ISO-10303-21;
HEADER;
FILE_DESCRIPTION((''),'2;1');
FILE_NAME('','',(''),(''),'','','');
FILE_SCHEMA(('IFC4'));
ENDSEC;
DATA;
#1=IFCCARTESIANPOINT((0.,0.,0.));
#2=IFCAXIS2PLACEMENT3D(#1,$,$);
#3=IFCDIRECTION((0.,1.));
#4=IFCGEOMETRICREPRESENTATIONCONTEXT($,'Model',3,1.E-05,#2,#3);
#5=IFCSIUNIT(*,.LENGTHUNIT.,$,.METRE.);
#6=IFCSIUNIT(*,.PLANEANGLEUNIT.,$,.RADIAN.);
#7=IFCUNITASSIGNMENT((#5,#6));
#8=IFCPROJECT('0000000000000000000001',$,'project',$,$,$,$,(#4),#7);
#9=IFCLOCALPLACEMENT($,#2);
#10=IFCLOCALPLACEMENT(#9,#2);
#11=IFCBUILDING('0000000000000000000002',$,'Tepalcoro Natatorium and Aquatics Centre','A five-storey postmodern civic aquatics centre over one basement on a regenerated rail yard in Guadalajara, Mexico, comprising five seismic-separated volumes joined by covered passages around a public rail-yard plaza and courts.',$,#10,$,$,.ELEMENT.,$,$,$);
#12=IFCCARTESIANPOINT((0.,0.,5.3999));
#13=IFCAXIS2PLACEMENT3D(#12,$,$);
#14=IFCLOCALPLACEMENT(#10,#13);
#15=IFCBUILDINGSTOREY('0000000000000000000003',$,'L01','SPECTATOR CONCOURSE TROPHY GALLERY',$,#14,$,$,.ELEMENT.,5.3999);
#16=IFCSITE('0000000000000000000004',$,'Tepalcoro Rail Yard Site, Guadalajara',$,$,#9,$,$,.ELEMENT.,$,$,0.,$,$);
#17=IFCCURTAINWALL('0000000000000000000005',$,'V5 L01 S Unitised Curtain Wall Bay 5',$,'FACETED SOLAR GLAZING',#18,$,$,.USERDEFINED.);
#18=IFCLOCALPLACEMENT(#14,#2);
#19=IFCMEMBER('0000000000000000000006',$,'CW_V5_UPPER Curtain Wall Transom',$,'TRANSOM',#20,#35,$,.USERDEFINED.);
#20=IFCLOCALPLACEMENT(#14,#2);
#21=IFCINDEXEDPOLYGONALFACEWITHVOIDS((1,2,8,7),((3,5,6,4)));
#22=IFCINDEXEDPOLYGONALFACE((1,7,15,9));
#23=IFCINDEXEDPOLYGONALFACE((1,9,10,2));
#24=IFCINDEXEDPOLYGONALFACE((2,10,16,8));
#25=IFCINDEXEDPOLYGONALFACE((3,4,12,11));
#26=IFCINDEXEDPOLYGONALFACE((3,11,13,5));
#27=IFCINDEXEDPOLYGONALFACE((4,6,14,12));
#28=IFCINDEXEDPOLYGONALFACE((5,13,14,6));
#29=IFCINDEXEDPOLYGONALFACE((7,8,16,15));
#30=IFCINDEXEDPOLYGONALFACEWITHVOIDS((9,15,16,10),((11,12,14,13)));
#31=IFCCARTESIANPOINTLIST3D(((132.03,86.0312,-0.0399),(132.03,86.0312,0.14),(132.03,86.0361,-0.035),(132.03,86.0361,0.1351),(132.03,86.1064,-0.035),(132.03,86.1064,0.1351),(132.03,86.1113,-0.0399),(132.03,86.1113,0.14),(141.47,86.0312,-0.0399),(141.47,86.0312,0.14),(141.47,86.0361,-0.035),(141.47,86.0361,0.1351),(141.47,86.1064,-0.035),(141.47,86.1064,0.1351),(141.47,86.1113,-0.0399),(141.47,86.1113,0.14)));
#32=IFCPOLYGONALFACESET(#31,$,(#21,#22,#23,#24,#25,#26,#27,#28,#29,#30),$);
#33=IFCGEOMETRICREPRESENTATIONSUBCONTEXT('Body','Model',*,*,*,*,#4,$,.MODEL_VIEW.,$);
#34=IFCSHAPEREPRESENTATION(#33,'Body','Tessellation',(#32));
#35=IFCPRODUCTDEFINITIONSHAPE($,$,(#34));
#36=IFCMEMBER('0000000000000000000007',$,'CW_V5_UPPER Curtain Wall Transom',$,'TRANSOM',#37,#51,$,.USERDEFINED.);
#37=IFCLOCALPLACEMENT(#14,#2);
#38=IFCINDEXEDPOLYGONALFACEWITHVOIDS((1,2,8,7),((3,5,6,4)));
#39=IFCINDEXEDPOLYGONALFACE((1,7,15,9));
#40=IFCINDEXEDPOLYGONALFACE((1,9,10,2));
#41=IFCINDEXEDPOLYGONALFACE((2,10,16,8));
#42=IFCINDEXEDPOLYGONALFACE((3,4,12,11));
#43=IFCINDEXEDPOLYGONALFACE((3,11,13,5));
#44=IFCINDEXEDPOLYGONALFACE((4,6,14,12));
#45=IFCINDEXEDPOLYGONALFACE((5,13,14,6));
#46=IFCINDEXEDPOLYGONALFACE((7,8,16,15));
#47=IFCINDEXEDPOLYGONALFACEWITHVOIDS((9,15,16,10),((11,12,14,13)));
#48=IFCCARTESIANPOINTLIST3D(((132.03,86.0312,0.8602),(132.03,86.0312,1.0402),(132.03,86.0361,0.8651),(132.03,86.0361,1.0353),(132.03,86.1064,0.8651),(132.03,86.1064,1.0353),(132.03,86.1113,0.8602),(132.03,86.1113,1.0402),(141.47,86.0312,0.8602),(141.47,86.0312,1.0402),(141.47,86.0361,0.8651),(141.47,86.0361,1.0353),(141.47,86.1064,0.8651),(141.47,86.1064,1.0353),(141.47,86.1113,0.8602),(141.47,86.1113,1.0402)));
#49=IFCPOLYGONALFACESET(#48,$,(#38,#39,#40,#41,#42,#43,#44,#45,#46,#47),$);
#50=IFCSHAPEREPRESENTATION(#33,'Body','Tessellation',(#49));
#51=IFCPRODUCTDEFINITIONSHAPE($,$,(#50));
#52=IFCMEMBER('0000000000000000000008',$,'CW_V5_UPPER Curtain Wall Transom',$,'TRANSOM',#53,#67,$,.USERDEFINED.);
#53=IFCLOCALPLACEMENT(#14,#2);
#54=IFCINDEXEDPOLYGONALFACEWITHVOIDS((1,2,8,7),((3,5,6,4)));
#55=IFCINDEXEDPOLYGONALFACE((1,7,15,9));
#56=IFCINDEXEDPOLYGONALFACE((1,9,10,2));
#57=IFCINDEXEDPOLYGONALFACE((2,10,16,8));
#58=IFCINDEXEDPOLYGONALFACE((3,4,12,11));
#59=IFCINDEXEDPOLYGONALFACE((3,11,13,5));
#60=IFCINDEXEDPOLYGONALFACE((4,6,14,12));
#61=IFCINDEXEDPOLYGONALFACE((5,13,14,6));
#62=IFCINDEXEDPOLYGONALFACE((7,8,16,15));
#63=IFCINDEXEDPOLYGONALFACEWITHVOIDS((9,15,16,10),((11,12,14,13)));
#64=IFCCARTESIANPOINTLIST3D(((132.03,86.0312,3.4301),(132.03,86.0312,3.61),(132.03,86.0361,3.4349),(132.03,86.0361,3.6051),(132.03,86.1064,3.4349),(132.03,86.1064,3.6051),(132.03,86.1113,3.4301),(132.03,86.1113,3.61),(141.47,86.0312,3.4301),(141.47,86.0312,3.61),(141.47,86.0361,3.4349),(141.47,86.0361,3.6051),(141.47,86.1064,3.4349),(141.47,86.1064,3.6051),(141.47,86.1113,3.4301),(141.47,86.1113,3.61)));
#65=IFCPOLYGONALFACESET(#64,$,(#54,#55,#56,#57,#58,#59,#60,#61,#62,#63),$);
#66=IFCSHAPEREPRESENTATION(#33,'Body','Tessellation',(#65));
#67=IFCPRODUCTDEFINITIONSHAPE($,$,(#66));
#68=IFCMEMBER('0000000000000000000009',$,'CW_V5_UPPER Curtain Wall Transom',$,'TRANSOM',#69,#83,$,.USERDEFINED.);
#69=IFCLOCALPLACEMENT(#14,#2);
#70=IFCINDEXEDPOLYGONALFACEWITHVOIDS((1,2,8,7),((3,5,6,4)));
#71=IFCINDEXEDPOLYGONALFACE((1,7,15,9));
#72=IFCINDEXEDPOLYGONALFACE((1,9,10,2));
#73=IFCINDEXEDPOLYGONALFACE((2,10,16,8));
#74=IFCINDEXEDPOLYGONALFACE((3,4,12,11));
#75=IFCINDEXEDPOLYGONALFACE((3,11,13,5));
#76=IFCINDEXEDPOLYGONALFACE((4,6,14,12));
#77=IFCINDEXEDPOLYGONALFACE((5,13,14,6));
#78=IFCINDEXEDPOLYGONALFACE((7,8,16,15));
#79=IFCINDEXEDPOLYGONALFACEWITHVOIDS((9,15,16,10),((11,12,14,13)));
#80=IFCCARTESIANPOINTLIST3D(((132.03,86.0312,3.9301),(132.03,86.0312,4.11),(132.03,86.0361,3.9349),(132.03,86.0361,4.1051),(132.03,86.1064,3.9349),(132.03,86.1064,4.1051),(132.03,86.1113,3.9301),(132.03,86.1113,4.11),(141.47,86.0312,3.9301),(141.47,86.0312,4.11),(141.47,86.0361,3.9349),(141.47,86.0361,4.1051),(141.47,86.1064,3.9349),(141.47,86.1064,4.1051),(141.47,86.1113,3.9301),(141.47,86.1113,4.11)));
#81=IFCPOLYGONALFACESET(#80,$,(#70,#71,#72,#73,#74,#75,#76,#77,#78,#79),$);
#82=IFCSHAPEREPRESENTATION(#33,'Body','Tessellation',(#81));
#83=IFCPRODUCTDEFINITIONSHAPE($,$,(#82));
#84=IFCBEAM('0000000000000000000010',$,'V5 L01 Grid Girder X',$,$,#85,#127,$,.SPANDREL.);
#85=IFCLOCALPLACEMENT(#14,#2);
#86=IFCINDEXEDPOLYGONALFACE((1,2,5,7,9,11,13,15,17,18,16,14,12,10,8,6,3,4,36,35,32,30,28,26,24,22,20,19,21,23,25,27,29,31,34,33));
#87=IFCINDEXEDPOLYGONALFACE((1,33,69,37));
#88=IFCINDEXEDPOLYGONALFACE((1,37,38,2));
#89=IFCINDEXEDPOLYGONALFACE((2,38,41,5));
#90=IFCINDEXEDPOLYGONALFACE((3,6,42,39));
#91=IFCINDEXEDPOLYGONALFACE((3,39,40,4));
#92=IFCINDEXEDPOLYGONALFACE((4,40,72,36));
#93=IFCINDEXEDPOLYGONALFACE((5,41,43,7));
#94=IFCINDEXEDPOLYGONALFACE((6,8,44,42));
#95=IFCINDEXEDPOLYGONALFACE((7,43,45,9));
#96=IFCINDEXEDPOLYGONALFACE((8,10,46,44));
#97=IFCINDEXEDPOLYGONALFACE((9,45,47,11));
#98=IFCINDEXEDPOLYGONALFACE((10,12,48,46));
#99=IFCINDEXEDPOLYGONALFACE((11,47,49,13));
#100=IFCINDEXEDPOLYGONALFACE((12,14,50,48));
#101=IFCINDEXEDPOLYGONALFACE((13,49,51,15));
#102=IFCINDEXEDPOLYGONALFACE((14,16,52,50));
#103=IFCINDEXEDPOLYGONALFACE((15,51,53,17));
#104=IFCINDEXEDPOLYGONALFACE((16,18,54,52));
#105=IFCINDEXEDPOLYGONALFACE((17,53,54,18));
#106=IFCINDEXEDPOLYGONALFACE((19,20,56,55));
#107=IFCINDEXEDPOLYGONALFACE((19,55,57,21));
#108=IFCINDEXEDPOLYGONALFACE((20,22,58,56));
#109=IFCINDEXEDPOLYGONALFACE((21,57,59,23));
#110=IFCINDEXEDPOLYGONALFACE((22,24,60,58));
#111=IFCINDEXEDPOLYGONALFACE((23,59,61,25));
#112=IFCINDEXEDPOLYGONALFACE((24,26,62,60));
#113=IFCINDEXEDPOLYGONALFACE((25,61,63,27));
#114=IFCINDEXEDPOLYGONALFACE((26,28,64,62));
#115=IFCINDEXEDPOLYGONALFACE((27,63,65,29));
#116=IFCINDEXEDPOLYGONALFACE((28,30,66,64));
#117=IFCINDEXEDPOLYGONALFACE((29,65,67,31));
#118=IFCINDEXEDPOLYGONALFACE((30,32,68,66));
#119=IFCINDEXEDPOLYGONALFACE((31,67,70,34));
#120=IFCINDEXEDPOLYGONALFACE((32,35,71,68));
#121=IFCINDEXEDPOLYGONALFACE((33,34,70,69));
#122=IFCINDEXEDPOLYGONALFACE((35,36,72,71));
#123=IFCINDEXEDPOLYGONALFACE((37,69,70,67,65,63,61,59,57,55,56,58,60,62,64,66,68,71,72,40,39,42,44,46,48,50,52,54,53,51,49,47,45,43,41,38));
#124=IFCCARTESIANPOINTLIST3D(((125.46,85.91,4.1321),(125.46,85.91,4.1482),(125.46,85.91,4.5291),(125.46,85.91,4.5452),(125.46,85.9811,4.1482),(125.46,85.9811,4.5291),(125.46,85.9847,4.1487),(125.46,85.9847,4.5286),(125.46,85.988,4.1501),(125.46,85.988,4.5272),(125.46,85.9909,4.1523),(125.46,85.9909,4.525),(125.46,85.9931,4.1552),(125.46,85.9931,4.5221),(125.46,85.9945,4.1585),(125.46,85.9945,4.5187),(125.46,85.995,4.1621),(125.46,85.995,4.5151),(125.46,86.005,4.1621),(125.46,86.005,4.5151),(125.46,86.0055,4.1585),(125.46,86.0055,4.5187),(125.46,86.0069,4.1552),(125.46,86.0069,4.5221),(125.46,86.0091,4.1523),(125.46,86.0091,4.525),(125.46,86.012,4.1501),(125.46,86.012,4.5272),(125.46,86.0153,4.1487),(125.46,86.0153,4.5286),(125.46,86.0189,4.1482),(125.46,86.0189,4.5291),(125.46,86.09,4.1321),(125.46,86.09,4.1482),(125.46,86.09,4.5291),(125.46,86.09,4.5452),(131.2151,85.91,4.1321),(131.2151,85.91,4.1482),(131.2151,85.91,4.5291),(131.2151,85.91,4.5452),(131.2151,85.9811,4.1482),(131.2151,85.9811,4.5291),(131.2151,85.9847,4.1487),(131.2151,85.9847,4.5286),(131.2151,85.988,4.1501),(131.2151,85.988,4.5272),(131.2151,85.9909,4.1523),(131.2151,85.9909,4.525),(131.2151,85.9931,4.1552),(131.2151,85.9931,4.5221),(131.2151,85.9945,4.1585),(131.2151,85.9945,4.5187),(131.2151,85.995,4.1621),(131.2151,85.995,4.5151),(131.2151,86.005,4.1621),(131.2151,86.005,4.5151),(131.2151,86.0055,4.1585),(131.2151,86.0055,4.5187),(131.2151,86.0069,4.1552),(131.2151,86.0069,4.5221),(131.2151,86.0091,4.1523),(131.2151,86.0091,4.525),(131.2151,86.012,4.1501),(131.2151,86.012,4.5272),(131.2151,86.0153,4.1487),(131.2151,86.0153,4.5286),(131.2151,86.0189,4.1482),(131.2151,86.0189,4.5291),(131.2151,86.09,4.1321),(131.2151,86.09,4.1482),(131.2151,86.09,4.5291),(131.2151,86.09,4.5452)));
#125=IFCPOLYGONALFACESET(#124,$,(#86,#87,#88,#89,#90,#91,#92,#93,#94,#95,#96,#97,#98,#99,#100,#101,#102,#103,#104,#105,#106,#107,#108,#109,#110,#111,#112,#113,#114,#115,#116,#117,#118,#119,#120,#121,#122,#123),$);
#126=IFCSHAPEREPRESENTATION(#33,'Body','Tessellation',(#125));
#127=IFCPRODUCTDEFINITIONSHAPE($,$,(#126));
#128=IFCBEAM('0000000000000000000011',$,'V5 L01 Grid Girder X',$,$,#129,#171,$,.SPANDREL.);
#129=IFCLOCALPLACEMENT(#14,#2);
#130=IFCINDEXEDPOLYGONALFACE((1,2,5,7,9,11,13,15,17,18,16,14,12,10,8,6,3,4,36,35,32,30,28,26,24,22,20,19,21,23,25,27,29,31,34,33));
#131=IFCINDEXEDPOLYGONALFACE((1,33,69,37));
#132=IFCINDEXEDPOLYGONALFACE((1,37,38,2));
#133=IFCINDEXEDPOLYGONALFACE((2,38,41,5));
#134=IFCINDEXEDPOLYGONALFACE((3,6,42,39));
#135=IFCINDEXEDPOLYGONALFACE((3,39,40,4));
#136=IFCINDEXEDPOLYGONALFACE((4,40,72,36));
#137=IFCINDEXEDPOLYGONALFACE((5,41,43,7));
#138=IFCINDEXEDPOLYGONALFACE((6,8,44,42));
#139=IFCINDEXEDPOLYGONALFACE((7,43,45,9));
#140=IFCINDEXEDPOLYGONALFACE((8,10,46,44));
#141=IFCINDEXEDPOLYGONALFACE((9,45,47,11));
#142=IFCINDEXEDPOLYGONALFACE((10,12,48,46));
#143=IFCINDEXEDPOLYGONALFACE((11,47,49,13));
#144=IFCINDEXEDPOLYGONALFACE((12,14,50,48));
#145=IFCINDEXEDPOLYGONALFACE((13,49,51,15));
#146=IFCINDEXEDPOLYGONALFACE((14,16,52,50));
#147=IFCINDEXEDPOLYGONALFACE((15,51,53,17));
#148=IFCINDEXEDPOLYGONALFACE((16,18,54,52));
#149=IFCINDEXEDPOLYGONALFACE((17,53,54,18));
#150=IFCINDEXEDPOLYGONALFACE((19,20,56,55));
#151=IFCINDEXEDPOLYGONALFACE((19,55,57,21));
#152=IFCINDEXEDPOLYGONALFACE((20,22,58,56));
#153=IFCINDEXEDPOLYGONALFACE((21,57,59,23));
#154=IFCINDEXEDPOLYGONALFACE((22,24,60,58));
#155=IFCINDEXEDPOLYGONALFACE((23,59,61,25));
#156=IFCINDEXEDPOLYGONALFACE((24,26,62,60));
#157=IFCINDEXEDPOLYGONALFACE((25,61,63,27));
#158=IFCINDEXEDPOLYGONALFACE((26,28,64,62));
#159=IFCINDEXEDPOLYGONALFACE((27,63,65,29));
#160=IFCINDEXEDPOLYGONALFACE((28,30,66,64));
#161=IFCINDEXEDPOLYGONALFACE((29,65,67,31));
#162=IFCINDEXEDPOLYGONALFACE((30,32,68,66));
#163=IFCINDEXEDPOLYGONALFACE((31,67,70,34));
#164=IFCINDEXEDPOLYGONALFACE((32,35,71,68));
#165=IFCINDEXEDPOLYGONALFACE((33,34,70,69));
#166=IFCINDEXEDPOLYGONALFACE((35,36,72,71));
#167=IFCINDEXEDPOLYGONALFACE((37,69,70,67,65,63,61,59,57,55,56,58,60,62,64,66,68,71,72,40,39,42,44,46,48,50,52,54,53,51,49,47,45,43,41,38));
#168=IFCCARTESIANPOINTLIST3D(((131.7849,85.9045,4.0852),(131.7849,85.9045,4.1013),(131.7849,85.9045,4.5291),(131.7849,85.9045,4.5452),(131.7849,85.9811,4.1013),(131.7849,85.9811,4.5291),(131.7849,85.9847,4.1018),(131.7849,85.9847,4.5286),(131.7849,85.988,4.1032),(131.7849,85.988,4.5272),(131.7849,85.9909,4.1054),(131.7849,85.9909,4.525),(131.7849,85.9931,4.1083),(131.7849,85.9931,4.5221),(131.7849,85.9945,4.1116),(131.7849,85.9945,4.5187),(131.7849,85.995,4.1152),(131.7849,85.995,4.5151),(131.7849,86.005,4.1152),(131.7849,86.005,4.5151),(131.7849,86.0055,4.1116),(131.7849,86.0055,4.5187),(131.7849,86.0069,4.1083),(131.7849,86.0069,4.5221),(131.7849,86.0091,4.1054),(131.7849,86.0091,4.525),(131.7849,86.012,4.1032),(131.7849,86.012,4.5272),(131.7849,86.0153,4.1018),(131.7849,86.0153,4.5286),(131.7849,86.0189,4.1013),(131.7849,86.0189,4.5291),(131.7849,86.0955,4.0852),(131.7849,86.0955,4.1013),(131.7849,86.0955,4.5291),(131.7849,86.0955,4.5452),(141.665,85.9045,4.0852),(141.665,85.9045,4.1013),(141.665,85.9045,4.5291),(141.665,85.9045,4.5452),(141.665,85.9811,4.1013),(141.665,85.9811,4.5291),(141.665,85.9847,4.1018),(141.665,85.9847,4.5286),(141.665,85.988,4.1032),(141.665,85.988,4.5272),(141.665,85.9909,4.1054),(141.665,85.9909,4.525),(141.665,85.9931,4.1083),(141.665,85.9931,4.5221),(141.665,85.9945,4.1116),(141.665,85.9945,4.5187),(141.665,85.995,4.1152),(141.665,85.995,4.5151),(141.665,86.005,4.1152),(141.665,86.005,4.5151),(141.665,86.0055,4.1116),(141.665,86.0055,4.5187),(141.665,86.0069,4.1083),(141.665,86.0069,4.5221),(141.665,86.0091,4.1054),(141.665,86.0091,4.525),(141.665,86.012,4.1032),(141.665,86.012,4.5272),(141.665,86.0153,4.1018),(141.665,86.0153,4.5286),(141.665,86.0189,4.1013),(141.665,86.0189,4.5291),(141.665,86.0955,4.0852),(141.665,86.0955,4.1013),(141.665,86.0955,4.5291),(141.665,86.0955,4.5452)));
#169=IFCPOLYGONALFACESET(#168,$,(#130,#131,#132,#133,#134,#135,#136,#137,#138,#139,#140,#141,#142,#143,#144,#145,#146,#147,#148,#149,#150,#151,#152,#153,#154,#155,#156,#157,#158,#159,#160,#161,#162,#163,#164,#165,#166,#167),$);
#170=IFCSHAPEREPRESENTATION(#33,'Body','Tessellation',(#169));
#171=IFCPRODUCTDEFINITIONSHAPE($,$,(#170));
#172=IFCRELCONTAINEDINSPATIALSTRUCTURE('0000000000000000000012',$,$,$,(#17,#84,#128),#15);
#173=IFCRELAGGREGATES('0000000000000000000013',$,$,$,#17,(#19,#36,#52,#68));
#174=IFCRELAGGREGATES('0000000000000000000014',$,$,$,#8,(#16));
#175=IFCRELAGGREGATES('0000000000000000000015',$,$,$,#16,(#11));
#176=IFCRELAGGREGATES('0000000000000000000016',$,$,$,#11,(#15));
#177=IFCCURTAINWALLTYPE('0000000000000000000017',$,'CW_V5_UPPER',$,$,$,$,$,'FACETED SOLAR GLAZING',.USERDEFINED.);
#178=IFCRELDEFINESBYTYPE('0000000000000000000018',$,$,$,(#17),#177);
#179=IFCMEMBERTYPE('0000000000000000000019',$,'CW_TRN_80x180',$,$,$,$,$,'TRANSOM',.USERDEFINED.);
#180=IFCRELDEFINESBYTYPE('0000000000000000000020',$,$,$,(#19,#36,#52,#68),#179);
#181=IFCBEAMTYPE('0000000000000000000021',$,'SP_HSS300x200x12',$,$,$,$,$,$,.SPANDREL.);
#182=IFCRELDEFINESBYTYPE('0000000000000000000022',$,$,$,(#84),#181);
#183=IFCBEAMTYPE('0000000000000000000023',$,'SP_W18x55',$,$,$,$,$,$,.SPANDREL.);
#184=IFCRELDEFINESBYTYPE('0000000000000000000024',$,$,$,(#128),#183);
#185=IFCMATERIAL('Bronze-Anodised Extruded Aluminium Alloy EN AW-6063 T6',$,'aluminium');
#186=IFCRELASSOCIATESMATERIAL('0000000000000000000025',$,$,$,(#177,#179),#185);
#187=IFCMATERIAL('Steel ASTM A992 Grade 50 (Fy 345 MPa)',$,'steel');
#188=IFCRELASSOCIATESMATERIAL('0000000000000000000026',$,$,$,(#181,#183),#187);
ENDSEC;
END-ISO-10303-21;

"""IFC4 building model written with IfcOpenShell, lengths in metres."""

from ifc_helpers import new_model, si_unit, direction, frame, origin, origin_2d, place, context, subcontext, project, spatial, hollow_rectangle, i_section, extrude, material, material_profile, profile_set, type_object, element, aggregate, save


model = new_model("IFC4")

# Units and contexts
model_context = context("Model", 3, precision=1e-05, world=origin(), true_north=direction((0.0, 1.0)))
body_context = subcontext(model_context, "Body", "Model", "MODEL_VIEW")
ifc_project = project(units=[si_unit("LENGTHUNIT", "METRE"), si_unit("PLANEANGLEUNIT", "RADIAN")], contexts=[model_context])

# Site, building, storey
site_placement = place(None, origin())
site = spatial("IfcSite", under=ifc_project, at=site_placement, Name="Tepalcoro Rail Yard Site, Guadalajara", CompositionType="ELEMENT", RefElevation=0.0)
building_placement = place(site_placement, origin())
building = spatial("IfcBuilding", under=site, at=building_placement, Name="Tepalcoro Natatorium and Aquatics Centre", Description="A five-storey postmodern civic aquatics centre over one basement on a regenerated rail yard in Guadalajara, Mexico, comprising five seismic-separated volumes joined by covered passages around a public rail-yard plaza and courts.", CompositionType="ELEMENT")
storey_placement = place(building_placement, frame((0.0, 0.0, 5.3999)))
storey = spatial("IfcBuildingStorey", under=building, at=storey_placement, Name="L01", Description="SPECTATOR CONCOURSE TROPHY GALLERY", CompositionType="ELEMENT", Elevation=5.3999)

# Shared definitions
ifc_material_1 = material(Name="Bronze-Anodised Extruded Aluminium Alloy EN AW-6063 T6", Category="aluminium")

# Curtain wall
curtain_wall_type_1 = type_object("IfcCurtainWallType", Name="CW_V5_UPPER", ElementType="FACETED SOLAR GLAZING", PredefinedType="USERDEFINED", material=ifc_material_1)
curtain_wall_1_placement = place(storey_placement, origin())
curtain_wall_1 = element("IfcCurtainWall", 1, at=curtain_wall_1_placement, inside=storey, type_object=curtain_wall_type_1, Name="V5 L01 S Unitised Curtain Wall Bay 5", ObjectType="FACETED SOLAR GLAZING", PredefinedType="USERDEFINED")

# Members
ifc_material_profile_1 = material_profile(ifc_material_1, hollow_rectangle(XDim=0.0801, YDim=0.1799, WallThickness=0.0049, at=origin_2d()), Name="AL80X180X5")
ifc_profile_set_1 = profile_set([ifc_material_profile_1], Name="Bronze-Anodised Extruded Aluminium Alloy EN AW-6063 T6")
member_type_1 = type_object("IfcMemberType", Name="CW_TRN_80x180", ElementType="TRANSOM", PredefinedType="USERDEFINED", material=ifc_profile_set_1)
member_1_placement = place(storey_placement, frame((132.03, 86.0713, 0.05), z_axis=(1.0, 0.0, 0.0), x_axis=(0.0, 1.0, 0.0)))
member_1 = element("IfcMember", 2, at=member_1_placement, type_object=member_type_1, Name="CW_V5_UPPER Curtain Wall Transom", ObjectType="TRANSOM", PredefinedType="USERDEFINED", context=body_context, shape_type="SweptSolid", body=[
    extrude(hollow_rectangle(XDim=0.0801, YDim=0.1799, WallThickness=0.0049, at=origin_2d()), origin(), (0.0, 0.0, 1.0), 9.4399),
])
member_2_placement = place(storey_placement, frame((132.03, 86.0713, 0.9502), z_axis=(1.0, 0.0, 0.0), x_axis=(0.0, 1.0, 0.0)))
member_2 = element("IfcMember", 3, at=member_2_placement, type_object=member_type_1, Name="CW_V5_UPPER Curtain Wall Transom", ObjectType="TRANSOM", PredefinedType="USERDEFINED", context=body_context, shape_type="SweptSolid", body=[
    extrude(hollow_rectangle(XDim=0.0801, YDim=0.1799, WallThickness=0.0049, at=origin_2d()), origin(), (0.0, 0.0, 1.0), 9.4399),
])
member_3_placement = place(storey_placement, frame((132.03, 86.0713, 3.52), z_axis=(1.0, 0.0, 0.0), x_axis=(0.0, 1.0, 0.0)))
member_3 = element("IfcMember", 4, at=member_3_placement, type_object=member_type_1, Name="CW_V5_UPPER Curtain Wall Transom", ObjectType="TRANSOM", PredefinedType="USERDEFINED", context=body_context, shape_type="SweptSolid", body=[
    extrude(hollow_rectangle(XDim=0.0801, YDim=0.1799, WallThickness=0.0049, at=origin_2d()), origin(), (0.0, 0.0, 1.0), 9.4399),
])
member_4_placement = place(storey_placement, frame((132.03, 86.0713, 4.02), z_axis=(1.0, 0.0, 0.0), x_axis=(0.0, 1.0, 0.0)))
member_4 = element("IfcMember", 5, at=member_4_placement, type_object=member_type_1, Name="CW_V5_UPPER Curtain Wall Transom", ObjectType="TRANSOM", PredefinedType="USERDEFINED", context=body_context, shape_type="SweptSolid", body=[
    extrude(hollow_rectangle(XDim=0.0801, YDim=0.1799, WallThickness=0.0049, at=origin_2d()), origin(), (0.0, 0.0, 1.0), 9.4399),
])

# Beams
ifc_material_2 = material(Name="Steel ASTM A992 Grade 50 (Fy 345 MPa)", Category="steel")
ifc_material_profile_2 = material_profile(ifc_material_2, i_section(OverallWidth=0.1799, OverallDepth=0.4131, WebThickness=0.01, FlangeThickness=0.0161, FilletRadius=0.0139, at=origin_2d()), Name="W16X50")
ifc_profile_set_2 = profile_set([ifc_material_profile_2], Name="Steel ASTM A992 Grade 50 (Fy 345 MPa)")
beam_type_1 = type_object("IfcBeamType", Name="SP_HSS300x200x12", PredefinedType="SPANDREL", material=ifc_profile_set_2)
beam_1_placement = place(storey_placement, frame((125.46, 86.0, 4.3386), z_axis=(1.0, 0.0, 0.0), x_axis=(0.0, 1.0, 0.0)))
element("IfcBeam", 6, at=beam_1_placement, inside=storey, type_object=beam_type_1, Name="V5 L01 Grid Girder X", PredefinedType="SPANDREL", context=body_context, shape_type="SweptSolid", body=[
    extrude(i_section(OverallWidth=0.1799, OverallDepth=0.4131, WebThickness=0.01, FlangeThickness=0.0161, FilletRadius=0.0139, at=origin_2d()), origin(), (0.0, 0.0, 1.0), 5.7551),
])
ifc_material_profile_3 = material_profile(ifc_material_2, i_section(OverallWidth=0.1909, OverallDepth=0.46, WebThickness=0.01, FlangeThickness=0.0161, FilletRadius=0.0139, at=origin_2d()), Name="W18X55")
ifc_profile_set_3 = profile_set([ifc_material_profile_3], Name="Steel ASTM A992 Grade 50 (Fy 345 MPa)")
beam_type_2 = type_object("IfcBeamType", Name="SP_W18x55", PredefinedType="SPANDREL", material=ifc_profile_set_3)
beam_2_placement = place(storey_placement, frame((131.7849, 86.0, 4.3152), z_axis=(1.0, 0.0, 0.0), x_axis=(0.0, 1.0, 0.0)))
element("IfcBeam", 7, at=beam_2_placement, inside=storey, type_object=beam_type_2, Name="V5 L01 Grid Girder X", PredefinedType="SPANDREL", context=body_context, shape_type="SweptSolid", body=[
    extrude(i_section(OverallWidth=0.1909, OverallDepth=0.46, WebThickness=0.01, FlangeThickness=0.0161, FilletRadius=0.0139, at=origin_2d()), origin(), (0.0, 0.0, 1.0), 9.8801),
])

aggregate(curtain_wall_1, [member_1, member_2, member_3, member_4])

save(model, "model.ifc")
